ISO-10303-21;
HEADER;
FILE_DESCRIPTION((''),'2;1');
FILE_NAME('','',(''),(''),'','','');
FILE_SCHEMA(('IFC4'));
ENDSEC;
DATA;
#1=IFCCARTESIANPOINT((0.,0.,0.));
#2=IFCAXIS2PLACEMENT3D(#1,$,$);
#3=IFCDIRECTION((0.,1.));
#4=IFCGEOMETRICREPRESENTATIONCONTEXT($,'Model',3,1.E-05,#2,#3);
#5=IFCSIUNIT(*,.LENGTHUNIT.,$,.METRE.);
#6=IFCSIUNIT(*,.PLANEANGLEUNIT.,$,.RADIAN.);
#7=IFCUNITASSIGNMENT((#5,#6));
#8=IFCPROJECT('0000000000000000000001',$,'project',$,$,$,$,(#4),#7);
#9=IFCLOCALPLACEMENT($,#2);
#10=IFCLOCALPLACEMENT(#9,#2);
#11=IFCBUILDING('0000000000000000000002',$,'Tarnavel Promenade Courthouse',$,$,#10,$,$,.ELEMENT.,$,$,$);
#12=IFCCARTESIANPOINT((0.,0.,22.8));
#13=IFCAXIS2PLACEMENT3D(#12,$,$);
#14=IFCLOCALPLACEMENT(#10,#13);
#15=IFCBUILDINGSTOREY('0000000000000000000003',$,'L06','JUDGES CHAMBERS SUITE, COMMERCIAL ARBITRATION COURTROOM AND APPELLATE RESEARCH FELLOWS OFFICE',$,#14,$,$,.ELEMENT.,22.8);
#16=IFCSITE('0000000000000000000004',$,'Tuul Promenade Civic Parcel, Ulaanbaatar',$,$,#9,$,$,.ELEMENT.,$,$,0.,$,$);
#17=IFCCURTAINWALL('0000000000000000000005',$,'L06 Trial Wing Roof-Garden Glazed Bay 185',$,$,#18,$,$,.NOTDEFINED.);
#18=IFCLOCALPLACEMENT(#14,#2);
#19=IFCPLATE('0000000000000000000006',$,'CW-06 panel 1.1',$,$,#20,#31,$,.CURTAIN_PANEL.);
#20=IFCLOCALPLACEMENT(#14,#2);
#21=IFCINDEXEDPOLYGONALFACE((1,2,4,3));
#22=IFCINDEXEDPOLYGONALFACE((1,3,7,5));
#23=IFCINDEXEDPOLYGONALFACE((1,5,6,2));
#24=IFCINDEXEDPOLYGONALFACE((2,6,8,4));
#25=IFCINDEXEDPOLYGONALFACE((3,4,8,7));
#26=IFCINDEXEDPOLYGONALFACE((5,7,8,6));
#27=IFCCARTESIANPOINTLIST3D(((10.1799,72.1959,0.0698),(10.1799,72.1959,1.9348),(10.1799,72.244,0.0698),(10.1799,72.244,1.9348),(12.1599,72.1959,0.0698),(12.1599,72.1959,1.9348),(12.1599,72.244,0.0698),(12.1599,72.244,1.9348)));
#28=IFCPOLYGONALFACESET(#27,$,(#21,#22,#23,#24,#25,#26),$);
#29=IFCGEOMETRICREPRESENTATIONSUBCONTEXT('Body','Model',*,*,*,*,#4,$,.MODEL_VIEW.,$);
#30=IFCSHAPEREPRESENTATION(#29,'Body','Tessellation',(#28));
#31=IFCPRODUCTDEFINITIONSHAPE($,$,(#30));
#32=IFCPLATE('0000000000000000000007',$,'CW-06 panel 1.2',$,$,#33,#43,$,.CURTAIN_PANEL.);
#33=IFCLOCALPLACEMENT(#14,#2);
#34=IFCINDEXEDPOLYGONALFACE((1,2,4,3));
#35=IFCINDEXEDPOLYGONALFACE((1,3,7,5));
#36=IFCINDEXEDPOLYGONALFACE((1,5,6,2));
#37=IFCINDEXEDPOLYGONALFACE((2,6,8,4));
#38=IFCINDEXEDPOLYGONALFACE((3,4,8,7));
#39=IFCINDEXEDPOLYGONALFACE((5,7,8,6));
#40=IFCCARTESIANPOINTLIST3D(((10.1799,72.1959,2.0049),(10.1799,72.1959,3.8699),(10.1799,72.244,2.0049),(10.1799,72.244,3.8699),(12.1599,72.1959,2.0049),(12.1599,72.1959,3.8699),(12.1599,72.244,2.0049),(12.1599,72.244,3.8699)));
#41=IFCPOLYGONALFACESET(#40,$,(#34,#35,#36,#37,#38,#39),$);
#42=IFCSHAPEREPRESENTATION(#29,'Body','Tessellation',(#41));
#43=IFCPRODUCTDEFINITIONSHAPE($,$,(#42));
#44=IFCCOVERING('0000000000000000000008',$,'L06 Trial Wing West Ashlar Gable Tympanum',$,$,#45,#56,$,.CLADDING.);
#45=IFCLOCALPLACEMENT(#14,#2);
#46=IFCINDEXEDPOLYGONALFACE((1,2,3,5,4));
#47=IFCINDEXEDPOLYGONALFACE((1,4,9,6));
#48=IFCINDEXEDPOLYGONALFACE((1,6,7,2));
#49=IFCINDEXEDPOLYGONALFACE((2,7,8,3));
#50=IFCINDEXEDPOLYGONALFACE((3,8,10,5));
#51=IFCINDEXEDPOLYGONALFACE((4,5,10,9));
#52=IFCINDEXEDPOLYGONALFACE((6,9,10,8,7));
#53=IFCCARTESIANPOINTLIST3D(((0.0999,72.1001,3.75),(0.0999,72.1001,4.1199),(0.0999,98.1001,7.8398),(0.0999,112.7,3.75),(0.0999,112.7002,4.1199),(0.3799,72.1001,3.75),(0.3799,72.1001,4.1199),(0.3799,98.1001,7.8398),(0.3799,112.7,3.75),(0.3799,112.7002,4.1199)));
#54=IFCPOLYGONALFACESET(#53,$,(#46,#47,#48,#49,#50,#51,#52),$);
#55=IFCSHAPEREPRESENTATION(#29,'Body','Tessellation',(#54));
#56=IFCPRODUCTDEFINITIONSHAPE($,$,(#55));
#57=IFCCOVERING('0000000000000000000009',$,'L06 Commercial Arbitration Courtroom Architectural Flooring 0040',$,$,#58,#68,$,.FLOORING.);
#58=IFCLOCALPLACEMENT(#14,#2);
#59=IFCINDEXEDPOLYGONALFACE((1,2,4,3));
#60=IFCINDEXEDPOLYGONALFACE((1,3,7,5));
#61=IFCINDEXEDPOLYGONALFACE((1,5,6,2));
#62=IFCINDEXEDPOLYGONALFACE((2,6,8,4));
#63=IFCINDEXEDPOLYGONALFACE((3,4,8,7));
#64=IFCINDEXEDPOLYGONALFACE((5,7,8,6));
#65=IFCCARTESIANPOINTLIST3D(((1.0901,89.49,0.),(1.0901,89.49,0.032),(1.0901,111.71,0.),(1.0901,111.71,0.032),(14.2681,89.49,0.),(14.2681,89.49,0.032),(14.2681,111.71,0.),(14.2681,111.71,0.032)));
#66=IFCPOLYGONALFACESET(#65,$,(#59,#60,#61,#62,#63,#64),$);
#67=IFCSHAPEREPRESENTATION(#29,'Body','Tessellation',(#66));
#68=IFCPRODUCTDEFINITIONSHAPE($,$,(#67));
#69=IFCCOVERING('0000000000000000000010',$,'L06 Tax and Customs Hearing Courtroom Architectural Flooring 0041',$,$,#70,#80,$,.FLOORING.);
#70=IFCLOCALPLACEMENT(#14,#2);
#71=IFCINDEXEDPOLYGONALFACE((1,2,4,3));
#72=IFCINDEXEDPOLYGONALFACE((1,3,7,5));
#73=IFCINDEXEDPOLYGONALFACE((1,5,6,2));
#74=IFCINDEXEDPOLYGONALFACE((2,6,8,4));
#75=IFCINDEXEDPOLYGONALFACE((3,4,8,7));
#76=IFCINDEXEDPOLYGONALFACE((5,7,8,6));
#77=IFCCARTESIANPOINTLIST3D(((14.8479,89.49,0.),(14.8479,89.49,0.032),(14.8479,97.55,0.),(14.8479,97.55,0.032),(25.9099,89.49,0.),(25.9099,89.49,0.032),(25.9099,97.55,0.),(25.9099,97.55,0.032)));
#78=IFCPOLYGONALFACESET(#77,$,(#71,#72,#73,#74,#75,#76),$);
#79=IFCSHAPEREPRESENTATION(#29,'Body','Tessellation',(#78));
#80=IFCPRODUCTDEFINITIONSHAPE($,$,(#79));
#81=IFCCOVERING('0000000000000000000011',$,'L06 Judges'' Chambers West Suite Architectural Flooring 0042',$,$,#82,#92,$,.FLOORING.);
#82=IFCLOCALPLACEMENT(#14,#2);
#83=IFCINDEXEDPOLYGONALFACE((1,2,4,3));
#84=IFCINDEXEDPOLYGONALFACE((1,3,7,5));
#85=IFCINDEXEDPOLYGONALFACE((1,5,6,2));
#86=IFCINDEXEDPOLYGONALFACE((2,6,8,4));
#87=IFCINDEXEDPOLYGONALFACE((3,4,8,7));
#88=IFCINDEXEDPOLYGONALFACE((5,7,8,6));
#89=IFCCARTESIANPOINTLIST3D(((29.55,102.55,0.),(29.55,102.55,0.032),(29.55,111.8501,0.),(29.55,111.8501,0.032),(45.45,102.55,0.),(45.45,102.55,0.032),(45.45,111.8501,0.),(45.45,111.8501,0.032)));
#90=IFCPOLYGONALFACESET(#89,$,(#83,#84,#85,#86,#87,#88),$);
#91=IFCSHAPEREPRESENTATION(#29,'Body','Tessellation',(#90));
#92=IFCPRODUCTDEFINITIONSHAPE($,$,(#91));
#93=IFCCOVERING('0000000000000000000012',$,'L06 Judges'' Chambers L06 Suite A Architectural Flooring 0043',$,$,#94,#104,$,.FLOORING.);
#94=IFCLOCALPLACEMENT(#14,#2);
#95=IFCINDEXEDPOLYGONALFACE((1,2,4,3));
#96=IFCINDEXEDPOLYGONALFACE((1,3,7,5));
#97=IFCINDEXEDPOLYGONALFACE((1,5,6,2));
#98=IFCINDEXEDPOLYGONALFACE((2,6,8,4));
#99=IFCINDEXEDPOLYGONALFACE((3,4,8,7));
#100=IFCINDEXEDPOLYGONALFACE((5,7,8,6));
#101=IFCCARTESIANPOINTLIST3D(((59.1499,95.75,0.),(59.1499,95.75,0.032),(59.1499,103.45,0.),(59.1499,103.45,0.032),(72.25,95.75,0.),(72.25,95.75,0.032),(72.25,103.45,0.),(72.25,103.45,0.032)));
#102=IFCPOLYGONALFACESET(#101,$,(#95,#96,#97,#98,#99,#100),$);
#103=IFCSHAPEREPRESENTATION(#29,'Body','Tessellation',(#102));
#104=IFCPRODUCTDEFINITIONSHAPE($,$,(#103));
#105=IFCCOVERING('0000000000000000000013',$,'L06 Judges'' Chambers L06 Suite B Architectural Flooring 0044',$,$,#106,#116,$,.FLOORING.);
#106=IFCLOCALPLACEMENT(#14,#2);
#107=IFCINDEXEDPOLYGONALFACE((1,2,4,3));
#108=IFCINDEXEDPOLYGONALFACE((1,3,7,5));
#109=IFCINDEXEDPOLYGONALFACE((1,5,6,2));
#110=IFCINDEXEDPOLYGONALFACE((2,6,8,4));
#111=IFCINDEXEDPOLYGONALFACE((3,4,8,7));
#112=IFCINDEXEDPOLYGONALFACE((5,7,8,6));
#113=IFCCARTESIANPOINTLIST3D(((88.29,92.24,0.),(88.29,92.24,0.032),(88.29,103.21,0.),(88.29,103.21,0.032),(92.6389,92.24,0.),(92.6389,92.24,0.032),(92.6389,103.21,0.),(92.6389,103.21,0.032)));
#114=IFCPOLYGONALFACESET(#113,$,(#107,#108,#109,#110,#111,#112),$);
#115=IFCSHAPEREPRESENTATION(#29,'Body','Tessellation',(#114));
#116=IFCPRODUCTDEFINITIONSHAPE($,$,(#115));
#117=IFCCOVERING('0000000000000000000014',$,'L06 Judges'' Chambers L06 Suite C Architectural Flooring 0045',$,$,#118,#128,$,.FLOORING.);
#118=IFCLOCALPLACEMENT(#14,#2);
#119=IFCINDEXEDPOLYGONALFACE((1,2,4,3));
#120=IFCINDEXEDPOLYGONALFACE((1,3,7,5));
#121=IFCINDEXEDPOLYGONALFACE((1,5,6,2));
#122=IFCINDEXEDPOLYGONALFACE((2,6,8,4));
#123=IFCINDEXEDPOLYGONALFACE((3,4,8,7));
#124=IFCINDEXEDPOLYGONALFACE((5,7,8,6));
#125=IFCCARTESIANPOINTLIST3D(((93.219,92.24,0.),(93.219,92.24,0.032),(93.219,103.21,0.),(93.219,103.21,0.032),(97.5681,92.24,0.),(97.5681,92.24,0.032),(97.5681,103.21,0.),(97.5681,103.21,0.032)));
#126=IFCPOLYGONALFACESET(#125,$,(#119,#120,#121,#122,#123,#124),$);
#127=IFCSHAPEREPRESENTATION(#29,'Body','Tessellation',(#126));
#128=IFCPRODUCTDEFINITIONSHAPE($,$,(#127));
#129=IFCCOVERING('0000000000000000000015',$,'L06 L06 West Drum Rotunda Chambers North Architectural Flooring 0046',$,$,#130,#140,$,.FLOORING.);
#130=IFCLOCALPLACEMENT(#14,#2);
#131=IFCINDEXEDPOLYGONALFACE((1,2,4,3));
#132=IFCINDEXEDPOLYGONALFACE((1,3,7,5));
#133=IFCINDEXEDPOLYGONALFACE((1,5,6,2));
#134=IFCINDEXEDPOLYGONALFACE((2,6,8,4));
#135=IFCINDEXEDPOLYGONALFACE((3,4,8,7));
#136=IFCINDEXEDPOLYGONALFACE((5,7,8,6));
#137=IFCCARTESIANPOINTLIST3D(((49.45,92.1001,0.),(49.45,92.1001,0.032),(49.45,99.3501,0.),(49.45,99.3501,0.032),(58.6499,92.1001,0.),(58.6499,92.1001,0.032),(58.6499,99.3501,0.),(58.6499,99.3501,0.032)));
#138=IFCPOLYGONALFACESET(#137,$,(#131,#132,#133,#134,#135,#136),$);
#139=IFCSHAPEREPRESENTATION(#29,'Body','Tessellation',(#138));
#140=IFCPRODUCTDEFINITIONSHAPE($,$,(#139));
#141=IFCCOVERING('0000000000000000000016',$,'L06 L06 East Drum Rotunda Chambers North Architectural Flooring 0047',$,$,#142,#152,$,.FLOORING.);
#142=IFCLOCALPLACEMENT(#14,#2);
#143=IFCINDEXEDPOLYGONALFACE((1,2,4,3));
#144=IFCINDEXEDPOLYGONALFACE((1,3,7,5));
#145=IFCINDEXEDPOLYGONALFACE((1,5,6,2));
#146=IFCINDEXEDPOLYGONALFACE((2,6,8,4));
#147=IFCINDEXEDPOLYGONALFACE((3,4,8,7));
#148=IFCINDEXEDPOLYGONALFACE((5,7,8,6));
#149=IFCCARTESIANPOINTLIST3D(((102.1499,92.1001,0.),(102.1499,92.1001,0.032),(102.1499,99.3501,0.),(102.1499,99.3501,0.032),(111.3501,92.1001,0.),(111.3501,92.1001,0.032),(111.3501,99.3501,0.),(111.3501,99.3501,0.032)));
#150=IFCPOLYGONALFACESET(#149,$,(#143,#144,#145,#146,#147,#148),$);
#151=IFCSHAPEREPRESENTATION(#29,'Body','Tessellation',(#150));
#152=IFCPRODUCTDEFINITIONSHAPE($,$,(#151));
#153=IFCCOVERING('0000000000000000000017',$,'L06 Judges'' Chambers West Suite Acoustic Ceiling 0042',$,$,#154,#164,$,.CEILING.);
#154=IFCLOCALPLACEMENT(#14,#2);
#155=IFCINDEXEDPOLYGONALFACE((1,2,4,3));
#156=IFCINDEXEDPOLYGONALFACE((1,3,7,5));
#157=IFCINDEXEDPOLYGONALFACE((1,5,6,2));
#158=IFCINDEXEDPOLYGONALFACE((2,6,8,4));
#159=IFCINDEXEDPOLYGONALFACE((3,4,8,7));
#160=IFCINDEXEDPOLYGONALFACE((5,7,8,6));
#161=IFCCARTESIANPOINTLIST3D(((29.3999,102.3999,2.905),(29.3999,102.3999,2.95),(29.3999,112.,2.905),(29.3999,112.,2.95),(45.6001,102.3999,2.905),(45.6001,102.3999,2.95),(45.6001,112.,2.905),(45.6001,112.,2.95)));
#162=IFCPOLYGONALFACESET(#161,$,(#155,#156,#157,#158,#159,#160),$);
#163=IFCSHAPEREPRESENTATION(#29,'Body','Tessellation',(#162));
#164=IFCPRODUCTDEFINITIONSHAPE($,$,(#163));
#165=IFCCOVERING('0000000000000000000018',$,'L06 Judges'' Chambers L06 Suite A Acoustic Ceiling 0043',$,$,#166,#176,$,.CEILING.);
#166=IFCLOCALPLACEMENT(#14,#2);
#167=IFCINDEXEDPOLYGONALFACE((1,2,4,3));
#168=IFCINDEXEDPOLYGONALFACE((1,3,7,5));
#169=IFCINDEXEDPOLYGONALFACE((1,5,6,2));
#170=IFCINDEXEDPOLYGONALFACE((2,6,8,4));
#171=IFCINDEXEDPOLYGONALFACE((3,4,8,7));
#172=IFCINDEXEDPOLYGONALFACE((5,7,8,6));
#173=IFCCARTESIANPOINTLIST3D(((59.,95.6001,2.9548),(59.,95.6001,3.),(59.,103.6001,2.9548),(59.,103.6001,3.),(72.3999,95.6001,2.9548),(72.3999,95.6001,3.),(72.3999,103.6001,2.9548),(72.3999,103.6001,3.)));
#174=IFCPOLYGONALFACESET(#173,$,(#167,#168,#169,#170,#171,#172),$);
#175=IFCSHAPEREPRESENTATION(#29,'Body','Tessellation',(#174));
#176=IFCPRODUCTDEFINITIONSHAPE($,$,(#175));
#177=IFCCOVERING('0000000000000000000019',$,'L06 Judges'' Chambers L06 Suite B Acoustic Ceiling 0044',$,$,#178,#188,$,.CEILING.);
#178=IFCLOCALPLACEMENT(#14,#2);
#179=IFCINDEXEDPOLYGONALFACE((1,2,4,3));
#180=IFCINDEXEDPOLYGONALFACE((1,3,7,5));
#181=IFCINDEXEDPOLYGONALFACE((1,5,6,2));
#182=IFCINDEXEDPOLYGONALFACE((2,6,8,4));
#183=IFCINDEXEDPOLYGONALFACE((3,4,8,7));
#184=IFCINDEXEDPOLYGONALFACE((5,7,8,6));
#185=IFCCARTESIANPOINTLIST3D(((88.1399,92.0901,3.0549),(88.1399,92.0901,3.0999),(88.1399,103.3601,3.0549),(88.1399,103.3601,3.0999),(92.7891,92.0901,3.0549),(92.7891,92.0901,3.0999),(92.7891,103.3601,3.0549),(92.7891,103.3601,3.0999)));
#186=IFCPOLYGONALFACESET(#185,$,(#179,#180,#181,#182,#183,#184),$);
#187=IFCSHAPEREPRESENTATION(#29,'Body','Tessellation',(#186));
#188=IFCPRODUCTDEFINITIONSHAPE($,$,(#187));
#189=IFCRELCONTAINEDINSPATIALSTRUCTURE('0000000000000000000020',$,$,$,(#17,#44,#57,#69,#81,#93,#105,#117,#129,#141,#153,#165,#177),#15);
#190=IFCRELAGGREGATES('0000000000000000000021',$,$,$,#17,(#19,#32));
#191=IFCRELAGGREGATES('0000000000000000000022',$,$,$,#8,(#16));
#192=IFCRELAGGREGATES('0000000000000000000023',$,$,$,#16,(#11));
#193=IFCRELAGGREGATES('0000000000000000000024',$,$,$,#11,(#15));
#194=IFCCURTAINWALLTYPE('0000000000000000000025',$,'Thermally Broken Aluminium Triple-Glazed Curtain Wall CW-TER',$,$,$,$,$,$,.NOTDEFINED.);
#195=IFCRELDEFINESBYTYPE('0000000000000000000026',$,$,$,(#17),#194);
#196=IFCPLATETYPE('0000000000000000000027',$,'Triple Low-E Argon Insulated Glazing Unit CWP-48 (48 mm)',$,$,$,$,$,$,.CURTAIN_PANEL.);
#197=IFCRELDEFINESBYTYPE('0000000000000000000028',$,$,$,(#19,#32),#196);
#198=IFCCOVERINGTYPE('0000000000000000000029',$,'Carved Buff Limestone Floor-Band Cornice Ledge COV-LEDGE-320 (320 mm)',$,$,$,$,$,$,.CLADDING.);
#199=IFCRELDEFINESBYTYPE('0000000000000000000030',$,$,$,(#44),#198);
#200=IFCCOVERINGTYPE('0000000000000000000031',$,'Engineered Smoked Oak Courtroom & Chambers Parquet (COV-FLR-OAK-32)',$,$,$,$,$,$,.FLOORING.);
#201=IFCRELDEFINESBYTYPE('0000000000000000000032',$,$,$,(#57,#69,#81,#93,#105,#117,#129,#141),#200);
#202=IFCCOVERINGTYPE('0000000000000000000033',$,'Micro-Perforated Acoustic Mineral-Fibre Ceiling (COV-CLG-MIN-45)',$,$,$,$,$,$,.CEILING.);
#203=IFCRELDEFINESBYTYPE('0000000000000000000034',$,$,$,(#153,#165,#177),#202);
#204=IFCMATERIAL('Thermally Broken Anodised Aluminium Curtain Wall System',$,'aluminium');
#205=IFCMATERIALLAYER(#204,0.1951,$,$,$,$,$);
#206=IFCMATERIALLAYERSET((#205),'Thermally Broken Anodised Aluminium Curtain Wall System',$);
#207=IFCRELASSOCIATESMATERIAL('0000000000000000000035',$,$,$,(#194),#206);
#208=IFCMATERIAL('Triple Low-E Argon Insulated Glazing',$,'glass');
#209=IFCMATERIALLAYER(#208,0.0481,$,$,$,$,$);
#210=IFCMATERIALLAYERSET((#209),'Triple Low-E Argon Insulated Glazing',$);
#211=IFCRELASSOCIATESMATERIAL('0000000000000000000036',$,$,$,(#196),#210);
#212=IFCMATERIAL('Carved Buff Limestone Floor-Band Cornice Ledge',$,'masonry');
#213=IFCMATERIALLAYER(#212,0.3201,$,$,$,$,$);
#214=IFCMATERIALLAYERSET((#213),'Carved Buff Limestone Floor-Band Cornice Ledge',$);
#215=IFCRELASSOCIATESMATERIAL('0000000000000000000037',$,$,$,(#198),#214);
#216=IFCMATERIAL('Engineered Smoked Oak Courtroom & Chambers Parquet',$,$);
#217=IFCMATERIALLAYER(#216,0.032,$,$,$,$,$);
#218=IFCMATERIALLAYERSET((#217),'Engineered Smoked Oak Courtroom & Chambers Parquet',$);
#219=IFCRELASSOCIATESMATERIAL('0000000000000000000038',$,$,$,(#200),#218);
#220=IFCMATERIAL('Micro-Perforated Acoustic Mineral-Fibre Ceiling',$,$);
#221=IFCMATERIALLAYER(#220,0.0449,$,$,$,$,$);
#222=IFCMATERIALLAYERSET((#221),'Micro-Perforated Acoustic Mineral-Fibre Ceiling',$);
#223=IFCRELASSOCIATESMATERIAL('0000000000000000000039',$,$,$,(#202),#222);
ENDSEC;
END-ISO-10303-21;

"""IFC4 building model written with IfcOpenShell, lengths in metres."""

from ifc_helpers import new_model, si_unit, direction, frame, origin, origin_2d, place, context, subcontext, project, spatial, polyline, rectangle, outline, extrude, material, layer, layer_set, type_object, element, aggregate, save


model = new_model("IFC4")

# Units and contexts
model_context = context("Model", 3, precision=1e-05, world=origin(), true_north=direction((0.0, 1.0)))
body_context = subcontext(model_context, "Body", "Model", "MODEL_VIEW")
ifc_project = project(units=[si_unit("LENGTHUNIT", "METRE"), si_unit("PLANEANGLEUNIT", "RADIAN")], contexts=[model_context])

# Site, building, storey
site_placement = place(None, origin())
site = spatial("IfcSite", under=ifc_project, at=site_placement, Name="Tuul Promenade Civic Parcel, Ulaanbaatar", CompositionType="ELEMENT", RefElevation=0.0)
building_placement = place(site_placement, origin())
building = spatial("IfcBuilding", under=site, at=building_placement, Name="Tarnavel Promenade Courthouse", CompositionType="ELEMENT")
storey_placement = place(building_placement, frame((0.0, 0.0, 22.8)))
storey = spatial("IfcBuildingStorey", under=building, at=storey_placement, Name="L06", Description="JUDGES CHAMBERS SUITE, COMMERCIAL ARBITRATION COURTROOM AND APPELLATE RESEARCH FELLOWS OFFICE", CompositionType="ELEMENT", Elevation=22.8)

# Curtain wall
ifc_material_1 = material(Name="Thermally Broken Anodised Aluminium Curtain Wall System", Category="aluminium")
ifc_layer_1 = layer(ifc_material_1, 0.1951)
ifc_layer_set_1 = layer_set([ifc_layer_1], Name="Thermally Broken Anodised Aluminium Curtain Wall System")
curtain_wall_type = type_object("IfcCurtainWallType", Name="Thermally Broken Aluminium Triple-Glazed Curtain Wall CW-TER", PredefinedType="NOTDEFINED", material=ifc_layer_set_1)
curtain_wall_placement = place(storey_placement, origin())
curtain_wall = element("IfcCurtainWall", 1, at=curtain_wall_placement, inside=storey, type_object=curtain_wall_type, Name="L06 Trial Wing Roof-Garden Glazed Bay 185", PredefinedType="NOTDEFINED")

# Plates
ifc_material_2 = material(Name="Triple Low-E Argon Insulated Glazing", Category="glass")
ifc_layer_2 = layer(ifc_material_2, 0.0481)
ifc_layer_set_2 = layer_set([ifc_layer_2], Name="Triple Low-E Argon Insulated Glazing")
plate_type = type_object("IfcPlateType", Name="Triple Low-E Argon Insulated Glazing Unit CWP-48 (48 mm)", PredefinedType="CURTAIN_PANEL", material=ifc_layer_set_2)
plate_1_placement = place(storey_placement, frame((11.1699, 72.22, 0.0698), z_axis=(0.0, 0.0, 1.0), x_axis=(1.0, 0.0, 0.0)))
plate_1 = element("IfcPlate", 2, at=plate_1_placement, type_object=plate_type, Name="CW-06 panel 1.1", PredefinedType="CURTAIN_PANEL", context=body_context, shape_type="SweptSolid", body=[
    extrude(rectangle(XDim=1.98, YDim=0.0481, at=origin_2d()), origin(), (0.0, 0.0, 1.0), 1.865),
])
plate_2_placement = place(storey_placement, frame((11.1699, 72.22, 2.0049), z_axis=(0.0, 0.0, 1.0), x_axis=(1.0, 0.0, 0.0)))
plate_2 = element("IfcPlate", 3, at=plate_2_placement, type_object=plate_type, Name="CW-06 panel 1.2", PredefinedType="CURTAIN_PANEL", context=body_context, shape_type="SweptSolid", body=[
    extrude(rectangle(XDim=1.98, YDim=0.0481, at=origin_2d()), origin(), (0.0, 0.0, 1.0), 1.865),
])
aggregate(curtain_wall, [plate_1, plate_2])

# Covering
ifc_material_3 = material(Name="Carved Buff Limestone Floor-Band Cornice Ledge", Category="masonry")
ifc_layer_3 = layer(ifc_material_3, 0.3201)
ifc_layer_set_3 = layer_set([ifc_layer_3], Name="Carved Buff Limestone Floor-Band Cornice Ledge")
covering_type_1 = type_object("IfcCoveringType", Name="Carved Buff Limestone Floor-Band Cornice Ledge COV-LEDGE-320 (320 mm)", PredefinedType="CLADDING", material=ifc_layer_set_3)
covering_1_placement = place(storey_placement, frame((0.24, 72.1001, 3.75), z_axis=(0.0, 0.0, 1.0), x_axis=(0.0, 1.0, 0.0)))
element("IfcCovering", 4, at=covering_1_placement, inside=storey, type_object=covering_type_1, Name="L06 Trial Wing West Ashlar Gable Tympanum", PredefinedType="CLADDING", context=body_context, shape_type="SweptSolid", body=[
    extrude(outline(polyline([(0.0, 0.0), (40.5999, 0.0), (40.6001, 0.3699), (26.0, 4.0898), (0.0, 0.3699), (0.0, 0.0)])), frame((0.0, 0.1401, 0.0), z_axis=(0.0, -1.0, 0.0), x_axis=(1.0, 0.0, 0.0)), (0.0, 0.0, 1.0), 0.28),
])

# Coverings
ifc_material_4 = material(Name="Engineered Smoked Oak Courtroom & Chambers Parquet")
ifc_layer_4 = layer(ifc_material_4, 0.032)
ifc_layer_set_4 = layer_set([ifc_layer_4], Name="Engineered Smoked Oak Courtroom & Chambers Parquet")
covering_type_2 = type_object("IfcCoveringType", Name="Engineered Smoked Oak Courtroom & Chambers Parquet (COV-FLR-OAK-32)", PredefinedType="FLOORING", material=ifc_layer_set_4)
covering_2_placement = place(storey_placement, origin())
element("IfcCovering", 5, at=covering_2_placement, inside=storey, type_object=covering_type_2, Name="L06 Commercial Arbitration Courtroom Architectural Flooring 0040", PredefinedType="FLOORING", context=body_context, shape_type="SweptSolid", body=[
    extrude(outline(polyline([(1.0901, 89.49), (14.2681, 89.49), (14.2681, 111.71), (1.0901, 111.71), (1.0901, 89.49)])), origin(), (0.0, 0.0, 1.0), 0.032),
])
covering_3_placement = place(storey_placement, origin())
element("IfcCovering", 6, at=covering_3_placement, inside=storey, type_object=covering_type_2, Name="L06 Tax and Customs Hearing Courtroom Architectural Flooring 0041", PredefinedType="FLOORING", context=body_context, shape_type="SweptSolid", body=[
    extrude(outline(polyline([(14.8479, 89.49), (25.9099, 89.49), (25.9099, 97.55), (14.8479, 97.55), (14.8479, 89.49)])), origin(), (0.0, 0.0, 1.0), 0.032),
])
covering_4_placement = place(storey_placement, origin())
element("IfcCovering", 7, at=covering_4_placement, inside=storey, type_object=covering_type_2, Name="L06 Judges' Chambers West Suite Architectural Flooring 0042", PredefinedType="FLOORING", context=body_context, shape_type="SweptSolid", body=[
    extrude(outline(polyline([(29.55, 102.55), (45.45, 102.55), (45.45, 111.8501), (29.55, 111.8501), (29.55, 102.55)])), origin(), (0.0, 0.0, 1.0), 0.032),
])
covering_5_placement = place(storey_placement, origin())
element("IfcCovering", 8, at=covering_5_placement, inside=storey, type_object=covering_type_2, Name="L06 Judges' Chambers L06 Suite A Architectural Flooring 0043", PredefinedType="FLOORING", context=body_context, shape_type="SweptSolid", body=[
    extrude(outline(polyline([(59.1499, 95.75), (72.25, 95.75), (72.25, 103.45), (59.1499, 103.45), (59.1499, 95.75)])), origin(), (0.0, 0.0, 1.0), 0.032),
])
covering_6_placement = place(storey_placement, origin())
element("IfcCovering", 9, at=covering_6_placement, inside=storey, type_object=covering_type_2, Name="L06 Judges' Chambers L06 Suite B Architectural Flooring 0044", PredefinedType="FLOORING", context=body_context, shape_type="SweptSolid", body=[
    extrude(outline(polyline([(88.29, 92.24), (92.6389, 92.24), (92.6389, 103.21), (88.29, 103.21), (88.29, 92.24)])), origin(), (0.0, 0.0, 1.0), 0.032),
])
covering_7_placement = place(storey_placement, origin())
element("IfcCovering", 10, at=covering_7_placement, inside=storey, type_object=covering_type_2, Name="L06 Judges' Chambers L06 Suite C Architectural Flooring 0045", PredefinedType="FLOORING", context=body_context, shape_type="SweptSolid", body=[
    extrude(outline(polyline([(93.219, 92.24), (97.5681, 92.24), (97.5681, 103.21), (93.219, 103.21), (93.219, 92.24)])), origin(), (0.0, 0.0, 1.0), 0.032),
])
covering_8_placement = place(storey_placement, origin())
element("IfcCovering", 11, at=covering_8_placement, inside=storey, type_object=covering_type_2, Name="L06 L06 West Drum Rotunda Chambers North Architectural Flooring 0046", PredefinedType="FLOORING", context=body_context, shape_type="SweptSolid", body=[
    extrude(outline(polyline([(49.45, 92.1001), (58.6499, 92.1001), (58.6499, 99.3501), (49.45, 99.3501), (49.45, 92.1001)])), origin(), (0.0, 0.0, 1.0), 0.032),
])
covering_9_placement = place(storey_placement, origin())
element("IfcCovering", 12, at=covering_9_placement, inside=storey, type_object=covering_type_2, Name="L06 L06 East Drum Rotunda Chambers North Architectural Flooring 0047", PredefinedType="FLOORING", context=body_context, shape_type="SweptSolid", body=[
    extrude(outline(polyline([(102.1499, 92.1001), (111.3501, 92.1001), (111.3501, 99.3501), (102.1499, 99.3501), (102.1499, 92.1001)])), origin(), (0.0, 0.0, 1.0), 0.032),
])
ifc_material_5 = material(Name="Micro-Perforated Acoustic Mineral-Fibre Ceiling")
ifc_layer_5 = layer(ifc_material_5, 0.0449)
ifc_layer_set_5 = layer_set([ifc_layer_5], Name="Micro-Perforated Acoustic Mineral-Fibre Ceiling")
covering_type_3 = type_object("IfcCoveringType", Name="Micro-Perforated Acoustic Mineral-Fibre Ceiling (COV-CLG-MIN-45)", PredefinedType="CEILING", material=ifc_layer_set_5)
covering_10_placement = place(storey_placement, frame((0.0, 0.0, 2.905)))
element("IfcCovering", 13, at=covering_10_placement, inside=storey, type_object=covering_type_3, Name="L06 Judges' Chambers West Suite Acoustic Ceiling 0042", PredefinedType="CEILING", context=body_context, shape_type="SweptSolid", body=[
    extrude(outline(polyline([(29.3999, 102.3999), (45.6001, 102.3999), (45.6001, 112.0), (29.3999, 112.0), (29.3999, 102.3999)])), origin(), (0.0, 0.0, 1.0), 0.0449),
])
covering_11_placement = place(storey_placement, frame((0.0, 0.0, 2.9548)))
element("IfcCovering", 14, at=covering_11_placement, inside=storey, type_object=covering_type_3, Name="L06 Judges' Chambers L06 Suite A Acoustic Ceiling 0043", PredefinedType="CEILING", context=body_context, shape_type="SweptSolid", body=[
    extrude(outline(polyline([(59.0, 95.6001), (72.3999, 95.6001), (72.3999, 103.6001), (59.0, 103.6001), (59.0, 95.6001)])), origin(), (0.0, 0.0, 1.0), 0.0452),
])
covering_12_placement = place(storey_placement, frame((0.0, 0.0, 3.0549)))
element("IfcCovering", 15, at=covering_12_placement, inside=storey, type_object=covering_type_3, Name="L06 Judges' Chambers L06 Suite B Acoustic Ceiling 0044", PredefinedType="CEILING", context=body_context, shape_type="SweptSolid", body=[
    extrude(outline(polyline([(88.1399, 92.0901), (92.7891, 92.0901), (92.7891, 103.3601), (88.1399, 103.3601), (88.1399, 92.0901)])), origin(), (0.0, 0.0, 1.0), 0.0449),
])

save(model, "model.ifc")
